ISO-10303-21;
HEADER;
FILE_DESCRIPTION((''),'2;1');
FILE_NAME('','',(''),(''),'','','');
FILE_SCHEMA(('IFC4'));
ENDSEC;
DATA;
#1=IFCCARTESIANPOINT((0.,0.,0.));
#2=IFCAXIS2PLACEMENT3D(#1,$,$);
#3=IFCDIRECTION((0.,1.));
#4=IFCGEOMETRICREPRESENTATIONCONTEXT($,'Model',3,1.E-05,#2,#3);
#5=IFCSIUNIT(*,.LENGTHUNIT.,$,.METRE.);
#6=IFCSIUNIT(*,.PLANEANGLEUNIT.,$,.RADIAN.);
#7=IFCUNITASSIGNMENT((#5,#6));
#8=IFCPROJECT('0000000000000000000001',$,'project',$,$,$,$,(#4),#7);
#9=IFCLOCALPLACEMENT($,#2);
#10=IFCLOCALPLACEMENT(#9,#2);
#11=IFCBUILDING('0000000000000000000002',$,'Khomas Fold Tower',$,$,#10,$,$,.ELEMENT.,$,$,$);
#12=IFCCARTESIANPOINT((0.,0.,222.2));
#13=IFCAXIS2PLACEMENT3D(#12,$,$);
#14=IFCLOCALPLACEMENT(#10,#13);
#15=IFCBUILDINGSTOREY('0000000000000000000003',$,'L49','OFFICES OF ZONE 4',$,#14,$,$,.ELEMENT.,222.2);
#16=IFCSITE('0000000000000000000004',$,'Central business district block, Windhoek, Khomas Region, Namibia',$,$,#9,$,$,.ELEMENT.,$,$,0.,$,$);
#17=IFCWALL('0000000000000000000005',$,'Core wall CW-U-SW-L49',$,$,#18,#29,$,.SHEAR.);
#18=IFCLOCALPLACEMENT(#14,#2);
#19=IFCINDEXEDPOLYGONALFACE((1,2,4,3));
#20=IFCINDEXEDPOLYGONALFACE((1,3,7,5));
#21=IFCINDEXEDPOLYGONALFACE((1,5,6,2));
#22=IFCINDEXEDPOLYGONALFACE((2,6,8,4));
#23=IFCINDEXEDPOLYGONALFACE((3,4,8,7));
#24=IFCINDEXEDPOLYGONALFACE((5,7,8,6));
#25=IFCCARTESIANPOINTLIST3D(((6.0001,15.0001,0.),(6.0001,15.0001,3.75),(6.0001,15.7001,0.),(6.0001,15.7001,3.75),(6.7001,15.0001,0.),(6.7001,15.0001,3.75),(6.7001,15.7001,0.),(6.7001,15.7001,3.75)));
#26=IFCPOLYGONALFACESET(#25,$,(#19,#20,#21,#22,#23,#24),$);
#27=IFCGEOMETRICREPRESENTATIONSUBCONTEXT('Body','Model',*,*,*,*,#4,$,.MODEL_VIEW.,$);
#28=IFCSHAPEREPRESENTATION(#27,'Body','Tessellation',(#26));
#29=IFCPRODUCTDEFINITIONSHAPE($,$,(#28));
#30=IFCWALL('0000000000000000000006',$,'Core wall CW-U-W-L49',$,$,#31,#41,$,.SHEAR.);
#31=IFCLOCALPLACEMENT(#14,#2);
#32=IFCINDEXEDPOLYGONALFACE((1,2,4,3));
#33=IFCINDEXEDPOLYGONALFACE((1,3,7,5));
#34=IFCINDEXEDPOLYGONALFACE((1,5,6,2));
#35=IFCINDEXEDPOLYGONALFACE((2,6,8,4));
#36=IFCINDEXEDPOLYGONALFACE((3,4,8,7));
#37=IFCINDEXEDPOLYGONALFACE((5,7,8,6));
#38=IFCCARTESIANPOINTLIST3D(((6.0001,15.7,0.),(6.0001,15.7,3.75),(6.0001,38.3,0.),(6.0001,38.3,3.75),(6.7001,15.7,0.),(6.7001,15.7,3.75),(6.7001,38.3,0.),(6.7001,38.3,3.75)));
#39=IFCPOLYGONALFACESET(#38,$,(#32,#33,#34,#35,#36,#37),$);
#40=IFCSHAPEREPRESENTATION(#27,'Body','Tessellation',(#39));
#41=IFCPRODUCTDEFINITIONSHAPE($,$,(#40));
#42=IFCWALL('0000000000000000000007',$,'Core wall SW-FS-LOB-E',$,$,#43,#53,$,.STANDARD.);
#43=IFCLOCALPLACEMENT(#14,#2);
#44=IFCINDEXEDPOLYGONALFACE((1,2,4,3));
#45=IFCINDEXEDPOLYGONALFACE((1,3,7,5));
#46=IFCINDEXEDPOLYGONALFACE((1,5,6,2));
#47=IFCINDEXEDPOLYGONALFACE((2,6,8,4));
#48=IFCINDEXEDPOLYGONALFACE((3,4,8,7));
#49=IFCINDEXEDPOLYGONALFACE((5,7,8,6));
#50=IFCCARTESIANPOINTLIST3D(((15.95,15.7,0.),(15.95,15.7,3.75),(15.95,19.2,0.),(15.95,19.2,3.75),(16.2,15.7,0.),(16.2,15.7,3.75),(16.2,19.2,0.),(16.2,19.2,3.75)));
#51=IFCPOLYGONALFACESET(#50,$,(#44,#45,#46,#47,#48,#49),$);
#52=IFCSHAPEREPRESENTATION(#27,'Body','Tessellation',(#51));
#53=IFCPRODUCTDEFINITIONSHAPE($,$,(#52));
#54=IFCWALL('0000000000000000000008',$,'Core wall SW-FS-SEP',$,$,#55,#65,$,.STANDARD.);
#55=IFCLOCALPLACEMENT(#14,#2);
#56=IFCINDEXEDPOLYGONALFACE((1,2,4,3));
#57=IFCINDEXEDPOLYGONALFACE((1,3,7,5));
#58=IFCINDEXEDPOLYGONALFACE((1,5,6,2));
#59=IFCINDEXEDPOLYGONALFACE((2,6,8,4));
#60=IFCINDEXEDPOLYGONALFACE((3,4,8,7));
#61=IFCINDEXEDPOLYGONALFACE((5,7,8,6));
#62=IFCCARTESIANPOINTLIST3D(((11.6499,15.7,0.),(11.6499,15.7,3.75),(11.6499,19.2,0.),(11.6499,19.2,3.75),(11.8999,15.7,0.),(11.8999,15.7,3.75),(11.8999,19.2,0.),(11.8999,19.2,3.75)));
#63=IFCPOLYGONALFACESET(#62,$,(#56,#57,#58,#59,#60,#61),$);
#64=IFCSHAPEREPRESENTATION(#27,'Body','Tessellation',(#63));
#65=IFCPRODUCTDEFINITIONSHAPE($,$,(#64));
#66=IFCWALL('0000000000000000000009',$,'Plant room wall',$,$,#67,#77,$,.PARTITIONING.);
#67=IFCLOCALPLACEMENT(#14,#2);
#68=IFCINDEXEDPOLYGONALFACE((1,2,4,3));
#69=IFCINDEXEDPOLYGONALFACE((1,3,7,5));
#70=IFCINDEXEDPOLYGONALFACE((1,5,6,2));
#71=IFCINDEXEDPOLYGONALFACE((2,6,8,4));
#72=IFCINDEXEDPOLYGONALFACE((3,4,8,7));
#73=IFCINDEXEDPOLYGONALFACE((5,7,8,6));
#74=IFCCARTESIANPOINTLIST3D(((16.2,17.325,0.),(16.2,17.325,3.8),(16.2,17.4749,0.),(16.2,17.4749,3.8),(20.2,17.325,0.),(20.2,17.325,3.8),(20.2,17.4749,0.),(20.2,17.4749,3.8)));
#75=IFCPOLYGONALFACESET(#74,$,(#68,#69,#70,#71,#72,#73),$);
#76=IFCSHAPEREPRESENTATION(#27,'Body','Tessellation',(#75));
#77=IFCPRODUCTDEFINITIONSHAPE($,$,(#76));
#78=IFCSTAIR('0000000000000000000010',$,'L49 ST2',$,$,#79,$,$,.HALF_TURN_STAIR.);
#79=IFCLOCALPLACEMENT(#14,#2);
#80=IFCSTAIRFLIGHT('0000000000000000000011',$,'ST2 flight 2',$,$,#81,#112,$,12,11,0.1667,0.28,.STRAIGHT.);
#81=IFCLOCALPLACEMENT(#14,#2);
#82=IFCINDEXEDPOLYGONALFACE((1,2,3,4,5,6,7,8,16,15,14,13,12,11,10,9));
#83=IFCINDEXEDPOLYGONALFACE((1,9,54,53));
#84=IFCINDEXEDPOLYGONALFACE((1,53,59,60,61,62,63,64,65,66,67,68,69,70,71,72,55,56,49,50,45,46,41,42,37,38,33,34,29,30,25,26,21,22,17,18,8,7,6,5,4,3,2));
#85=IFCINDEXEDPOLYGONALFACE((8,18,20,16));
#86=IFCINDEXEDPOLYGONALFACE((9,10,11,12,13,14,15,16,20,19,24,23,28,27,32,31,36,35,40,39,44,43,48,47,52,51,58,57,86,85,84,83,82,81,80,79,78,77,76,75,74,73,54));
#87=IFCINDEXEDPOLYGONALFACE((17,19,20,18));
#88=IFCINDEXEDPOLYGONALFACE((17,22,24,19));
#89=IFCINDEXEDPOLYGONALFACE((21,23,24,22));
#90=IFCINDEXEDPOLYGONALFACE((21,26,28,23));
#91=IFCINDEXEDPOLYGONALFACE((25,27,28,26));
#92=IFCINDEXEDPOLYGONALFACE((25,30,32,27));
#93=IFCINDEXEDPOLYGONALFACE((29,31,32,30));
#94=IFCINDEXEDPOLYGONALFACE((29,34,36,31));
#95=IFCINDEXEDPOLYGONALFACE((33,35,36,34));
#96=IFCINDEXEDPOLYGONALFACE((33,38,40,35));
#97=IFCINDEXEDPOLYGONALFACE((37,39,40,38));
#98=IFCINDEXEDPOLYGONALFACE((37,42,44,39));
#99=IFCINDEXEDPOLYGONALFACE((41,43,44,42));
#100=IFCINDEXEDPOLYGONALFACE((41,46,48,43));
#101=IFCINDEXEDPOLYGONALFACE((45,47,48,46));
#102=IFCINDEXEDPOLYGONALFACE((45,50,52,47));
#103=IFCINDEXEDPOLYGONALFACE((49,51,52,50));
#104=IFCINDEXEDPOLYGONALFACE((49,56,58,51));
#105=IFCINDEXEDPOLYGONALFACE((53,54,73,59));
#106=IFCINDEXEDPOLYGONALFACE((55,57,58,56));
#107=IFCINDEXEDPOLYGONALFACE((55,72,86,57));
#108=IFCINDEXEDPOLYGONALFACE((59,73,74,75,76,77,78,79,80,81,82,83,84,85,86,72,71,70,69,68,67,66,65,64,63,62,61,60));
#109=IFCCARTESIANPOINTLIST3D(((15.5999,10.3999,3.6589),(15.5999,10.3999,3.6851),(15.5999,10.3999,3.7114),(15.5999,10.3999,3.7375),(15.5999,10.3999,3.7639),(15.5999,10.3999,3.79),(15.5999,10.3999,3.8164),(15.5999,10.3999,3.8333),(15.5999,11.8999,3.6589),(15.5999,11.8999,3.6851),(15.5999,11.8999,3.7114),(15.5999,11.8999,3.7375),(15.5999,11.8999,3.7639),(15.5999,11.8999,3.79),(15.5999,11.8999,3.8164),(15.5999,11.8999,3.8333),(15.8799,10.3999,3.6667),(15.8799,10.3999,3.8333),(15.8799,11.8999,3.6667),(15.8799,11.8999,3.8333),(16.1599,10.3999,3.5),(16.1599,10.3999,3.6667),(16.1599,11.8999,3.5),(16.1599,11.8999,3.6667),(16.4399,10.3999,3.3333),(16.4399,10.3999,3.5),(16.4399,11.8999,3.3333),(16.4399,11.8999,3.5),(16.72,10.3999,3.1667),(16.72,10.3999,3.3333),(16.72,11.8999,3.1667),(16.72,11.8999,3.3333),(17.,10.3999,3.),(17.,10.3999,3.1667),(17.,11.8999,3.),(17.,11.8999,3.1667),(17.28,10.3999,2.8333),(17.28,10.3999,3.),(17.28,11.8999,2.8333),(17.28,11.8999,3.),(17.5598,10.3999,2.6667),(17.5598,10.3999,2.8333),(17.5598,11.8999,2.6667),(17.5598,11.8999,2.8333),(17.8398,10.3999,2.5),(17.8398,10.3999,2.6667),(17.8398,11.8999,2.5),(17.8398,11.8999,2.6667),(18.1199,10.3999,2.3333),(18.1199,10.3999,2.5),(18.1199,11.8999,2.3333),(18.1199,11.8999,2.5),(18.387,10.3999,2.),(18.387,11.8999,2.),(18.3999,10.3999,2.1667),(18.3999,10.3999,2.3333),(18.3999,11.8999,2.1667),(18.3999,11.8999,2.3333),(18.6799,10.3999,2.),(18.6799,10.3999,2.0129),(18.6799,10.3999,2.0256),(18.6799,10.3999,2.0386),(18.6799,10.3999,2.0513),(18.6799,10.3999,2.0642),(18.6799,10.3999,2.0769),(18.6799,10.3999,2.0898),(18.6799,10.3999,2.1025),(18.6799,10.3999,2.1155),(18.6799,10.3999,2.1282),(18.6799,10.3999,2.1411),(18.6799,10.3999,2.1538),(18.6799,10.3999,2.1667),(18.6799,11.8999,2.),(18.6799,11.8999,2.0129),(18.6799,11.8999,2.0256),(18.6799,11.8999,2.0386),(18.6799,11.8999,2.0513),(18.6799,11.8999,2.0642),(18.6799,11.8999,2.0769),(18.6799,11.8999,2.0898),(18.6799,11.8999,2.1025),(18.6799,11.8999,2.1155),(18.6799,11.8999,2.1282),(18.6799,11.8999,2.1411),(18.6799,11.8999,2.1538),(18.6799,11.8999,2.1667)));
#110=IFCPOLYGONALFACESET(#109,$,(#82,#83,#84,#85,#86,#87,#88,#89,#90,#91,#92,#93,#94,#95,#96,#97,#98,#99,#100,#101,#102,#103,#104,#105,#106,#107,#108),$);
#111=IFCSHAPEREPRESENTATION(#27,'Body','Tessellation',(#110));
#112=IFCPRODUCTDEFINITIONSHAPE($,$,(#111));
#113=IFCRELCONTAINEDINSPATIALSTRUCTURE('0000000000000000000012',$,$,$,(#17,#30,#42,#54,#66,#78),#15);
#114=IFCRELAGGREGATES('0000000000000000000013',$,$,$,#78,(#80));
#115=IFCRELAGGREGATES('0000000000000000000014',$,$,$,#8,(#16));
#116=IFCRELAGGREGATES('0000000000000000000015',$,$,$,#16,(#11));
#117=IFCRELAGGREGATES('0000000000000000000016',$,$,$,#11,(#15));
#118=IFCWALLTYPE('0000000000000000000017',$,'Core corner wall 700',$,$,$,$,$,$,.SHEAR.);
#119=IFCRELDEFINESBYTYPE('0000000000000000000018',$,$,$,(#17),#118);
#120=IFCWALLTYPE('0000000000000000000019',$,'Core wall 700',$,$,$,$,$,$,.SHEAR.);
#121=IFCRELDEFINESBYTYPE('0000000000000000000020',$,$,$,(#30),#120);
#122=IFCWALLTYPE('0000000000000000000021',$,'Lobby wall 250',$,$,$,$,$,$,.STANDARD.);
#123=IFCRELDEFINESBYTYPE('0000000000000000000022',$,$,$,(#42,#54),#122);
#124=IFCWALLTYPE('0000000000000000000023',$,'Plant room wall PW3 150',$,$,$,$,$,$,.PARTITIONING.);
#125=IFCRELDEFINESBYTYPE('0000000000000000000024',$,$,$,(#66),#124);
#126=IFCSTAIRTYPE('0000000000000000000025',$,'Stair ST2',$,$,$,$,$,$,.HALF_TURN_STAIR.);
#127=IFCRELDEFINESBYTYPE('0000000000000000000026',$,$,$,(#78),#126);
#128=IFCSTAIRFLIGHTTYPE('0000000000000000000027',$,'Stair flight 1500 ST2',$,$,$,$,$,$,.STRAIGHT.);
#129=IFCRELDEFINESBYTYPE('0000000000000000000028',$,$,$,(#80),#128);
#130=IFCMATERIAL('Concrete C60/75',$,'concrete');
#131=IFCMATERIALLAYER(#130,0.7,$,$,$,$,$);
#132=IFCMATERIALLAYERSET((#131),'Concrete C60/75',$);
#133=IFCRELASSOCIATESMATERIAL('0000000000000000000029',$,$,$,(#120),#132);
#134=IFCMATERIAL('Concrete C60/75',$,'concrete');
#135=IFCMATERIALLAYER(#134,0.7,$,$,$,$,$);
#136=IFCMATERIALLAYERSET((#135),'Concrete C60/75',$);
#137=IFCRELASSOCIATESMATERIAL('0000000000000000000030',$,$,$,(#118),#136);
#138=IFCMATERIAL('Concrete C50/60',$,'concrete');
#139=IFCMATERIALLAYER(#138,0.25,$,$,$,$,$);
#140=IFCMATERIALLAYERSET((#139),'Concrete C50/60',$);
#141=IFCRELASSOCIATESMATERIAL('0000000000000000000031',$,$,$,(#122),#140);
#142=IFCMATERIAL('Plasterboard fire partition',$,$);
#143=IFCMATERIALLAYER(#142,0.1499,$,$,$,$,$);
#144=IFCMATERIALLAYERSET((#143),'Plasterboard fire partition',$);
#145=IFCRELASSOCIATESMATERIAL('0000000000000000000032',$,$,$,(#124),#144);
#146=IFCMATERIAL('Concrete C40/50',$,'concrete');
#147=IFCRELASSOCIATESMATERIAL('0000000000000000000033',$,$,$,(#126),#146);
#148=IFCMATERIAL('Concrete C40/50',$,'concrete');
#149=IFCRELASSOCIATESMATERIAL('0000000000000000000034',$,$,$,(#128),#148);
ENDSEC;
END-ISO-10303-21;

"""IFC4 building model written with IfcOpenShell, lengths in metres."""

from ifc_helpers import new_model, si_unit, direction, frame, frame_2d, origin, place, context, subcontext, project, spatial, polyline, rectangle, outline, extrude, source, transform, mapped, material, layer, layer_set, type_object, element, aggregate, save


model = new_model("IFC4")

# Units and contexts
model_context = context("Model", 3, precision=1e-05, world=origin(), true_north=direction((0.0, 1.0)))
body_context = subcontext(model_context, "Body", "Model", "MODEL_VIEW")
ifc_project = project(units=[si_unit("LENGTHUNIT", "METRE"), si_unit("PLANEANGLEUNIT", "RADIAN")], contexts=[model_context])

# Site, building, storey
site_placement = place(None, origin())
site = spatial("IfcSite", under=ifc_project, at=site_placement, Name="Central business district block, Windhoek, Khomas Region, Namibia", CompositionType="ELEMENT", RefElevation=0.0)
building_placement = place(site_placement, origin())
building = spatial("IfcBuilding", under=site, at=building_placement, Name="Khomas Fold Tower", CompositionType="ELEMENT")
storey_placement = place(building_placement, frame((0.0, 0.0, 222.2)))
storey = spatial("IfcBuildingStorey", under=building, at=storey_placement, Name="L49", Description="OFFICES OF ZONE 4", CompositionType="ELEMENT", Elevation=222.2)

# Shared definitions
ifc_material_1 = material(Name="Concrete C60/75", Category="concrete")
ifc_layer_1 = layer(ifc_material_1, 0.7)
ifc_layer_set_1 = layer_set([ifc_layer_1], Name="Concrete C60/75")
wall_type_1 = type_object("IfcWallType", Name="Core wall 700", PredefinedType="SHEAR", material=ifc_layer_set_1)

# Walls
ifc_material_2 = material(Name="Concrete C60/75", Category="concrete")
ifc_layer_2 = layer(ifc_material_2, 0.7)
ifc_layer_set_2 = layer_set([ifc_layer_2], Name="Concrete C60/75")
wall_type_2 = type_object("IfcWallType", Name="Core corner wall 700", PredefinedType="SHEAR", material=ifc_layer_set_2)
shared_shape_1 = source(origin(), body_context, "Body", "SweptSolid", [
    extrude(rectangle(XDim=0.7, YDim=0.7, at=frame_2d((0.3501, 0.0))), origin(), (0.0, 0.0, 1.0), 3.75),
])
wall_1_placement = place(storey_placement, frame((6.0, 15.3501, 0.0), z_axis=(0.0, 0.0, 1.0), x_axis=(1.0, 0.0, 0.0)))
element("IfcWall", 1, at=wall_1_placement, inside=storey, type_object=wall_type_2, Name="Core wall CW-U-SW-L49", PredefinedType="SHEAR", context=body_context, shape_type="MappedRepresentation", body=[
    mapped(shared_shape_1, transform((0.0, 0.0, 0.0))),
])
shared_shape_2 = source(origin(), body_context, "Body", "SweptSolid", [
    extrude(rectangle(XDim=22.6001, YDim=0.7, at=frame_2d((11.3, 0.0))), origin(), (0.0, 0.0, 1.0), 3.75),
])
wall_2_placement = place(storey_placement, frame((6.3501, 15.7, 0.0), z_axis=(0.0, 0.0, 1.0), x_axis=(0.0, 1.0, 0.0)))
element("IfcWall", 2, at=wall_2_placement, inside=storey, type_object=wall_type_1, Name="Core wall CW-U-W-L49", PredefinedType="SHEAR", context=body_context, shape_type="MappedRepresentation", body=[
    mapped(shared_shape_2, transform((0.0, 0.0, 0.0))),
])
ifc_material_3 = material(Name="Concrete C50/60", Category="concrete")
ifc_layer_3 = layer(ifc_material_3, 0.25)
ifc_layer_set_3 = layer_set([ifc_layer_3], Name="Concrete C50/60")
wall_type_3 = type_object("IfcWallType", Name="Lobby wall 250", PredefinedType="STANDARD", material=ifc_layer_set_3)
shared_shape_3 = source(origin(), body_context, "Body", "SweptSolid", [
    extrude(rectangle(XDim=3.5, YDim=0.25, at=frame_2d((1.75, 0.0))), origin(), (0.0, 0.0, 1.0), 3.75),
])
for number, where, z_axis, x_axis, name in (
    (3, (16.075, 15.7, 0.0), (0.0, 0.0, 1.0), (0.0, 1.0, 0.0), "Core wall SW-FS-LOB-E"),
    (4, (11.7749, 15.7, 0.0), (0.0, 0.0, 1.0), (0.0, 1.0, 0.0), "Core wall SW-FS-SEP"),
):
    element("IfcWall", number, at=place(storey_placement, frame(where, z_axis=z_axis, x_axis=x_axis)), inside=storey, type_object=wall_type_3, Name=name, PredefinedType="STANDARD", context=body_context, shape_type="MappedRepresentation", body=[
        mapped(shared_shape_3, transform((0.0, 0.0, 0.0))),
    ])
ifc_material_4 = material(Name="Plasterboard fire partition")
ifc_layer_4 = layer(ifc_material_4, 0.1499)
ifc_layer_set_4 = layer_set([ifc_layer_4], Name="Plasterboard fire partition")
wall_type_4 = type_object("IfcWallType", Name="Plant room wall PW3 150", PredefinedType="PARTITIONING", material=ifc_layer_set_4)
shared_shape_4 = source(origin(), body_context, "Body", "SweptSolid", [
    extrude(rectangle(XDim=4.0, YDim=0.1499, at=frame_2d((2.0, 0.0))), origin(), (0.0, 0.0, 1.0), 3.8),
])
wall_3_placement = place(storey_placement, frame((16.2, 17.3999, 0.0), z_axis=(0.0, 0.0, 1.0), x_axis=(1.0, 0.0, 0.0)))
element("IfcWall", 5, at=wall_3_placement, inside=storey, type_object=wall_type_4, Name="Plant room wall", PredefinedType="PARTITIONING", context=body_context, shape_type="MappedRepresentation", body=[
    mapped(shared_shape_4, transform((0.0, 0.0, 0.0))),
])

# Stair, stair flight
ifc_material_5 = material(Name="Concrete C40/50", Category="concrete")
stair_type = type_object("IfcStairType", Name="Stair ST2", PredefinedType="HALF_TURN_STAIR", material=ifc_material_5)
stair_placement = place(storey_placement, origin())
stair = element("IfcStair", 6, at=stair_placement, inside=storey, type_object=stair_type, Name="L49 ST2", PredefinedType="HALF_TURN_STAIR")
ifc_material_6 = material(Name="Concrete C40/50", Category="concrete")
stair_flight_type = type_object("IfcStairFlightType", Name="Stair flight 1500 ST2", PredefinedType="STRAIGHT", material=ifc_material_6)
shared_shape_5 = source(origin(), body_context, "Body", "SweptSolid", [
    extrude(outline(polyline([(0.0, 0.0), (0.0, 0.0129), (0.0, 0.0256), (0.0, 0.0386), (0.0, 0.0513), (0.0, 0.0642), (0.0, 0.0769), (0.0, 0.0898), (0.0, 0.1025), (0.0, 0.1155), (0.0, 0.1282), (0.0, 0.1411), (0.0, 0.1538), (0.0, 0.1667), (0.28, 0.1667), (0.28, 0.3333), (0.5601, 0.3333), (0.5601, 0.5), (0.8401, 0.5), (0.8401, 0.6667), (1.1201, 0.6667), (1.1201, 0.8333), (1.3999, 0.8333), (1.3999, 1.0), (1.6799, 1.0), (1.6799, 1.1667), (1.96, 1.1667), (1.96, 1.3333), (2.24, 1.3333), (2.24, 1.5), (2.52, 1.5), (2.52, 1.6667), (2.8, 1.6667), (2.8, 1.8333), (3.0801, 1.8333), (3.0801, 2.0), (3.0801, 1.9739), (3.0801, 1.9475), (3.0801, 1.9214), (3.0801, 1.895), (3.0801, 1.8689), (3.0801, 1.8425), (3.0801, 1.8164), (3.0801, 1.79), (3.0801, 1.7639), (3.0801, 1.7375), (3.0801, 1.7114), (3.0801, 1.6851), (3.0801, 1.6589), (0.293, 0.0), (0.0, 0.0)])), frame((0.0, 0.75, 0.0), z_axis=(0.0, -1.0, 0.0), x_axis=(1.0, 0.0, 0.0)), (0.0, 0.0, 1.0), 1.5),
])
stair_flight_placement = place(storey_placement, frame((18.6799, 11.1499, 2.0), z_axis=(0.0, 0.0, 1.0), x_axis=(-1.0, 0.0, 0.0)))
stair_flight = element("IfcStairFlight", 7, at=stair_flight_placement, type_object=stair_flight_type, Name="ST2 flight 2", NumberOfRisers=12, NumberOfTreads=11, PredefinedType="STRAIGHT", RiserHeight=0.1667, TreadLength=0.28, context=body_context, shape_type="MappedRepresentation", body=[
    mapped(shared_shape_5, transform((0.0, 0.0, 0.0))),
])
aggregate(stair, [stair_flight])

save(model, "model.ifc")
